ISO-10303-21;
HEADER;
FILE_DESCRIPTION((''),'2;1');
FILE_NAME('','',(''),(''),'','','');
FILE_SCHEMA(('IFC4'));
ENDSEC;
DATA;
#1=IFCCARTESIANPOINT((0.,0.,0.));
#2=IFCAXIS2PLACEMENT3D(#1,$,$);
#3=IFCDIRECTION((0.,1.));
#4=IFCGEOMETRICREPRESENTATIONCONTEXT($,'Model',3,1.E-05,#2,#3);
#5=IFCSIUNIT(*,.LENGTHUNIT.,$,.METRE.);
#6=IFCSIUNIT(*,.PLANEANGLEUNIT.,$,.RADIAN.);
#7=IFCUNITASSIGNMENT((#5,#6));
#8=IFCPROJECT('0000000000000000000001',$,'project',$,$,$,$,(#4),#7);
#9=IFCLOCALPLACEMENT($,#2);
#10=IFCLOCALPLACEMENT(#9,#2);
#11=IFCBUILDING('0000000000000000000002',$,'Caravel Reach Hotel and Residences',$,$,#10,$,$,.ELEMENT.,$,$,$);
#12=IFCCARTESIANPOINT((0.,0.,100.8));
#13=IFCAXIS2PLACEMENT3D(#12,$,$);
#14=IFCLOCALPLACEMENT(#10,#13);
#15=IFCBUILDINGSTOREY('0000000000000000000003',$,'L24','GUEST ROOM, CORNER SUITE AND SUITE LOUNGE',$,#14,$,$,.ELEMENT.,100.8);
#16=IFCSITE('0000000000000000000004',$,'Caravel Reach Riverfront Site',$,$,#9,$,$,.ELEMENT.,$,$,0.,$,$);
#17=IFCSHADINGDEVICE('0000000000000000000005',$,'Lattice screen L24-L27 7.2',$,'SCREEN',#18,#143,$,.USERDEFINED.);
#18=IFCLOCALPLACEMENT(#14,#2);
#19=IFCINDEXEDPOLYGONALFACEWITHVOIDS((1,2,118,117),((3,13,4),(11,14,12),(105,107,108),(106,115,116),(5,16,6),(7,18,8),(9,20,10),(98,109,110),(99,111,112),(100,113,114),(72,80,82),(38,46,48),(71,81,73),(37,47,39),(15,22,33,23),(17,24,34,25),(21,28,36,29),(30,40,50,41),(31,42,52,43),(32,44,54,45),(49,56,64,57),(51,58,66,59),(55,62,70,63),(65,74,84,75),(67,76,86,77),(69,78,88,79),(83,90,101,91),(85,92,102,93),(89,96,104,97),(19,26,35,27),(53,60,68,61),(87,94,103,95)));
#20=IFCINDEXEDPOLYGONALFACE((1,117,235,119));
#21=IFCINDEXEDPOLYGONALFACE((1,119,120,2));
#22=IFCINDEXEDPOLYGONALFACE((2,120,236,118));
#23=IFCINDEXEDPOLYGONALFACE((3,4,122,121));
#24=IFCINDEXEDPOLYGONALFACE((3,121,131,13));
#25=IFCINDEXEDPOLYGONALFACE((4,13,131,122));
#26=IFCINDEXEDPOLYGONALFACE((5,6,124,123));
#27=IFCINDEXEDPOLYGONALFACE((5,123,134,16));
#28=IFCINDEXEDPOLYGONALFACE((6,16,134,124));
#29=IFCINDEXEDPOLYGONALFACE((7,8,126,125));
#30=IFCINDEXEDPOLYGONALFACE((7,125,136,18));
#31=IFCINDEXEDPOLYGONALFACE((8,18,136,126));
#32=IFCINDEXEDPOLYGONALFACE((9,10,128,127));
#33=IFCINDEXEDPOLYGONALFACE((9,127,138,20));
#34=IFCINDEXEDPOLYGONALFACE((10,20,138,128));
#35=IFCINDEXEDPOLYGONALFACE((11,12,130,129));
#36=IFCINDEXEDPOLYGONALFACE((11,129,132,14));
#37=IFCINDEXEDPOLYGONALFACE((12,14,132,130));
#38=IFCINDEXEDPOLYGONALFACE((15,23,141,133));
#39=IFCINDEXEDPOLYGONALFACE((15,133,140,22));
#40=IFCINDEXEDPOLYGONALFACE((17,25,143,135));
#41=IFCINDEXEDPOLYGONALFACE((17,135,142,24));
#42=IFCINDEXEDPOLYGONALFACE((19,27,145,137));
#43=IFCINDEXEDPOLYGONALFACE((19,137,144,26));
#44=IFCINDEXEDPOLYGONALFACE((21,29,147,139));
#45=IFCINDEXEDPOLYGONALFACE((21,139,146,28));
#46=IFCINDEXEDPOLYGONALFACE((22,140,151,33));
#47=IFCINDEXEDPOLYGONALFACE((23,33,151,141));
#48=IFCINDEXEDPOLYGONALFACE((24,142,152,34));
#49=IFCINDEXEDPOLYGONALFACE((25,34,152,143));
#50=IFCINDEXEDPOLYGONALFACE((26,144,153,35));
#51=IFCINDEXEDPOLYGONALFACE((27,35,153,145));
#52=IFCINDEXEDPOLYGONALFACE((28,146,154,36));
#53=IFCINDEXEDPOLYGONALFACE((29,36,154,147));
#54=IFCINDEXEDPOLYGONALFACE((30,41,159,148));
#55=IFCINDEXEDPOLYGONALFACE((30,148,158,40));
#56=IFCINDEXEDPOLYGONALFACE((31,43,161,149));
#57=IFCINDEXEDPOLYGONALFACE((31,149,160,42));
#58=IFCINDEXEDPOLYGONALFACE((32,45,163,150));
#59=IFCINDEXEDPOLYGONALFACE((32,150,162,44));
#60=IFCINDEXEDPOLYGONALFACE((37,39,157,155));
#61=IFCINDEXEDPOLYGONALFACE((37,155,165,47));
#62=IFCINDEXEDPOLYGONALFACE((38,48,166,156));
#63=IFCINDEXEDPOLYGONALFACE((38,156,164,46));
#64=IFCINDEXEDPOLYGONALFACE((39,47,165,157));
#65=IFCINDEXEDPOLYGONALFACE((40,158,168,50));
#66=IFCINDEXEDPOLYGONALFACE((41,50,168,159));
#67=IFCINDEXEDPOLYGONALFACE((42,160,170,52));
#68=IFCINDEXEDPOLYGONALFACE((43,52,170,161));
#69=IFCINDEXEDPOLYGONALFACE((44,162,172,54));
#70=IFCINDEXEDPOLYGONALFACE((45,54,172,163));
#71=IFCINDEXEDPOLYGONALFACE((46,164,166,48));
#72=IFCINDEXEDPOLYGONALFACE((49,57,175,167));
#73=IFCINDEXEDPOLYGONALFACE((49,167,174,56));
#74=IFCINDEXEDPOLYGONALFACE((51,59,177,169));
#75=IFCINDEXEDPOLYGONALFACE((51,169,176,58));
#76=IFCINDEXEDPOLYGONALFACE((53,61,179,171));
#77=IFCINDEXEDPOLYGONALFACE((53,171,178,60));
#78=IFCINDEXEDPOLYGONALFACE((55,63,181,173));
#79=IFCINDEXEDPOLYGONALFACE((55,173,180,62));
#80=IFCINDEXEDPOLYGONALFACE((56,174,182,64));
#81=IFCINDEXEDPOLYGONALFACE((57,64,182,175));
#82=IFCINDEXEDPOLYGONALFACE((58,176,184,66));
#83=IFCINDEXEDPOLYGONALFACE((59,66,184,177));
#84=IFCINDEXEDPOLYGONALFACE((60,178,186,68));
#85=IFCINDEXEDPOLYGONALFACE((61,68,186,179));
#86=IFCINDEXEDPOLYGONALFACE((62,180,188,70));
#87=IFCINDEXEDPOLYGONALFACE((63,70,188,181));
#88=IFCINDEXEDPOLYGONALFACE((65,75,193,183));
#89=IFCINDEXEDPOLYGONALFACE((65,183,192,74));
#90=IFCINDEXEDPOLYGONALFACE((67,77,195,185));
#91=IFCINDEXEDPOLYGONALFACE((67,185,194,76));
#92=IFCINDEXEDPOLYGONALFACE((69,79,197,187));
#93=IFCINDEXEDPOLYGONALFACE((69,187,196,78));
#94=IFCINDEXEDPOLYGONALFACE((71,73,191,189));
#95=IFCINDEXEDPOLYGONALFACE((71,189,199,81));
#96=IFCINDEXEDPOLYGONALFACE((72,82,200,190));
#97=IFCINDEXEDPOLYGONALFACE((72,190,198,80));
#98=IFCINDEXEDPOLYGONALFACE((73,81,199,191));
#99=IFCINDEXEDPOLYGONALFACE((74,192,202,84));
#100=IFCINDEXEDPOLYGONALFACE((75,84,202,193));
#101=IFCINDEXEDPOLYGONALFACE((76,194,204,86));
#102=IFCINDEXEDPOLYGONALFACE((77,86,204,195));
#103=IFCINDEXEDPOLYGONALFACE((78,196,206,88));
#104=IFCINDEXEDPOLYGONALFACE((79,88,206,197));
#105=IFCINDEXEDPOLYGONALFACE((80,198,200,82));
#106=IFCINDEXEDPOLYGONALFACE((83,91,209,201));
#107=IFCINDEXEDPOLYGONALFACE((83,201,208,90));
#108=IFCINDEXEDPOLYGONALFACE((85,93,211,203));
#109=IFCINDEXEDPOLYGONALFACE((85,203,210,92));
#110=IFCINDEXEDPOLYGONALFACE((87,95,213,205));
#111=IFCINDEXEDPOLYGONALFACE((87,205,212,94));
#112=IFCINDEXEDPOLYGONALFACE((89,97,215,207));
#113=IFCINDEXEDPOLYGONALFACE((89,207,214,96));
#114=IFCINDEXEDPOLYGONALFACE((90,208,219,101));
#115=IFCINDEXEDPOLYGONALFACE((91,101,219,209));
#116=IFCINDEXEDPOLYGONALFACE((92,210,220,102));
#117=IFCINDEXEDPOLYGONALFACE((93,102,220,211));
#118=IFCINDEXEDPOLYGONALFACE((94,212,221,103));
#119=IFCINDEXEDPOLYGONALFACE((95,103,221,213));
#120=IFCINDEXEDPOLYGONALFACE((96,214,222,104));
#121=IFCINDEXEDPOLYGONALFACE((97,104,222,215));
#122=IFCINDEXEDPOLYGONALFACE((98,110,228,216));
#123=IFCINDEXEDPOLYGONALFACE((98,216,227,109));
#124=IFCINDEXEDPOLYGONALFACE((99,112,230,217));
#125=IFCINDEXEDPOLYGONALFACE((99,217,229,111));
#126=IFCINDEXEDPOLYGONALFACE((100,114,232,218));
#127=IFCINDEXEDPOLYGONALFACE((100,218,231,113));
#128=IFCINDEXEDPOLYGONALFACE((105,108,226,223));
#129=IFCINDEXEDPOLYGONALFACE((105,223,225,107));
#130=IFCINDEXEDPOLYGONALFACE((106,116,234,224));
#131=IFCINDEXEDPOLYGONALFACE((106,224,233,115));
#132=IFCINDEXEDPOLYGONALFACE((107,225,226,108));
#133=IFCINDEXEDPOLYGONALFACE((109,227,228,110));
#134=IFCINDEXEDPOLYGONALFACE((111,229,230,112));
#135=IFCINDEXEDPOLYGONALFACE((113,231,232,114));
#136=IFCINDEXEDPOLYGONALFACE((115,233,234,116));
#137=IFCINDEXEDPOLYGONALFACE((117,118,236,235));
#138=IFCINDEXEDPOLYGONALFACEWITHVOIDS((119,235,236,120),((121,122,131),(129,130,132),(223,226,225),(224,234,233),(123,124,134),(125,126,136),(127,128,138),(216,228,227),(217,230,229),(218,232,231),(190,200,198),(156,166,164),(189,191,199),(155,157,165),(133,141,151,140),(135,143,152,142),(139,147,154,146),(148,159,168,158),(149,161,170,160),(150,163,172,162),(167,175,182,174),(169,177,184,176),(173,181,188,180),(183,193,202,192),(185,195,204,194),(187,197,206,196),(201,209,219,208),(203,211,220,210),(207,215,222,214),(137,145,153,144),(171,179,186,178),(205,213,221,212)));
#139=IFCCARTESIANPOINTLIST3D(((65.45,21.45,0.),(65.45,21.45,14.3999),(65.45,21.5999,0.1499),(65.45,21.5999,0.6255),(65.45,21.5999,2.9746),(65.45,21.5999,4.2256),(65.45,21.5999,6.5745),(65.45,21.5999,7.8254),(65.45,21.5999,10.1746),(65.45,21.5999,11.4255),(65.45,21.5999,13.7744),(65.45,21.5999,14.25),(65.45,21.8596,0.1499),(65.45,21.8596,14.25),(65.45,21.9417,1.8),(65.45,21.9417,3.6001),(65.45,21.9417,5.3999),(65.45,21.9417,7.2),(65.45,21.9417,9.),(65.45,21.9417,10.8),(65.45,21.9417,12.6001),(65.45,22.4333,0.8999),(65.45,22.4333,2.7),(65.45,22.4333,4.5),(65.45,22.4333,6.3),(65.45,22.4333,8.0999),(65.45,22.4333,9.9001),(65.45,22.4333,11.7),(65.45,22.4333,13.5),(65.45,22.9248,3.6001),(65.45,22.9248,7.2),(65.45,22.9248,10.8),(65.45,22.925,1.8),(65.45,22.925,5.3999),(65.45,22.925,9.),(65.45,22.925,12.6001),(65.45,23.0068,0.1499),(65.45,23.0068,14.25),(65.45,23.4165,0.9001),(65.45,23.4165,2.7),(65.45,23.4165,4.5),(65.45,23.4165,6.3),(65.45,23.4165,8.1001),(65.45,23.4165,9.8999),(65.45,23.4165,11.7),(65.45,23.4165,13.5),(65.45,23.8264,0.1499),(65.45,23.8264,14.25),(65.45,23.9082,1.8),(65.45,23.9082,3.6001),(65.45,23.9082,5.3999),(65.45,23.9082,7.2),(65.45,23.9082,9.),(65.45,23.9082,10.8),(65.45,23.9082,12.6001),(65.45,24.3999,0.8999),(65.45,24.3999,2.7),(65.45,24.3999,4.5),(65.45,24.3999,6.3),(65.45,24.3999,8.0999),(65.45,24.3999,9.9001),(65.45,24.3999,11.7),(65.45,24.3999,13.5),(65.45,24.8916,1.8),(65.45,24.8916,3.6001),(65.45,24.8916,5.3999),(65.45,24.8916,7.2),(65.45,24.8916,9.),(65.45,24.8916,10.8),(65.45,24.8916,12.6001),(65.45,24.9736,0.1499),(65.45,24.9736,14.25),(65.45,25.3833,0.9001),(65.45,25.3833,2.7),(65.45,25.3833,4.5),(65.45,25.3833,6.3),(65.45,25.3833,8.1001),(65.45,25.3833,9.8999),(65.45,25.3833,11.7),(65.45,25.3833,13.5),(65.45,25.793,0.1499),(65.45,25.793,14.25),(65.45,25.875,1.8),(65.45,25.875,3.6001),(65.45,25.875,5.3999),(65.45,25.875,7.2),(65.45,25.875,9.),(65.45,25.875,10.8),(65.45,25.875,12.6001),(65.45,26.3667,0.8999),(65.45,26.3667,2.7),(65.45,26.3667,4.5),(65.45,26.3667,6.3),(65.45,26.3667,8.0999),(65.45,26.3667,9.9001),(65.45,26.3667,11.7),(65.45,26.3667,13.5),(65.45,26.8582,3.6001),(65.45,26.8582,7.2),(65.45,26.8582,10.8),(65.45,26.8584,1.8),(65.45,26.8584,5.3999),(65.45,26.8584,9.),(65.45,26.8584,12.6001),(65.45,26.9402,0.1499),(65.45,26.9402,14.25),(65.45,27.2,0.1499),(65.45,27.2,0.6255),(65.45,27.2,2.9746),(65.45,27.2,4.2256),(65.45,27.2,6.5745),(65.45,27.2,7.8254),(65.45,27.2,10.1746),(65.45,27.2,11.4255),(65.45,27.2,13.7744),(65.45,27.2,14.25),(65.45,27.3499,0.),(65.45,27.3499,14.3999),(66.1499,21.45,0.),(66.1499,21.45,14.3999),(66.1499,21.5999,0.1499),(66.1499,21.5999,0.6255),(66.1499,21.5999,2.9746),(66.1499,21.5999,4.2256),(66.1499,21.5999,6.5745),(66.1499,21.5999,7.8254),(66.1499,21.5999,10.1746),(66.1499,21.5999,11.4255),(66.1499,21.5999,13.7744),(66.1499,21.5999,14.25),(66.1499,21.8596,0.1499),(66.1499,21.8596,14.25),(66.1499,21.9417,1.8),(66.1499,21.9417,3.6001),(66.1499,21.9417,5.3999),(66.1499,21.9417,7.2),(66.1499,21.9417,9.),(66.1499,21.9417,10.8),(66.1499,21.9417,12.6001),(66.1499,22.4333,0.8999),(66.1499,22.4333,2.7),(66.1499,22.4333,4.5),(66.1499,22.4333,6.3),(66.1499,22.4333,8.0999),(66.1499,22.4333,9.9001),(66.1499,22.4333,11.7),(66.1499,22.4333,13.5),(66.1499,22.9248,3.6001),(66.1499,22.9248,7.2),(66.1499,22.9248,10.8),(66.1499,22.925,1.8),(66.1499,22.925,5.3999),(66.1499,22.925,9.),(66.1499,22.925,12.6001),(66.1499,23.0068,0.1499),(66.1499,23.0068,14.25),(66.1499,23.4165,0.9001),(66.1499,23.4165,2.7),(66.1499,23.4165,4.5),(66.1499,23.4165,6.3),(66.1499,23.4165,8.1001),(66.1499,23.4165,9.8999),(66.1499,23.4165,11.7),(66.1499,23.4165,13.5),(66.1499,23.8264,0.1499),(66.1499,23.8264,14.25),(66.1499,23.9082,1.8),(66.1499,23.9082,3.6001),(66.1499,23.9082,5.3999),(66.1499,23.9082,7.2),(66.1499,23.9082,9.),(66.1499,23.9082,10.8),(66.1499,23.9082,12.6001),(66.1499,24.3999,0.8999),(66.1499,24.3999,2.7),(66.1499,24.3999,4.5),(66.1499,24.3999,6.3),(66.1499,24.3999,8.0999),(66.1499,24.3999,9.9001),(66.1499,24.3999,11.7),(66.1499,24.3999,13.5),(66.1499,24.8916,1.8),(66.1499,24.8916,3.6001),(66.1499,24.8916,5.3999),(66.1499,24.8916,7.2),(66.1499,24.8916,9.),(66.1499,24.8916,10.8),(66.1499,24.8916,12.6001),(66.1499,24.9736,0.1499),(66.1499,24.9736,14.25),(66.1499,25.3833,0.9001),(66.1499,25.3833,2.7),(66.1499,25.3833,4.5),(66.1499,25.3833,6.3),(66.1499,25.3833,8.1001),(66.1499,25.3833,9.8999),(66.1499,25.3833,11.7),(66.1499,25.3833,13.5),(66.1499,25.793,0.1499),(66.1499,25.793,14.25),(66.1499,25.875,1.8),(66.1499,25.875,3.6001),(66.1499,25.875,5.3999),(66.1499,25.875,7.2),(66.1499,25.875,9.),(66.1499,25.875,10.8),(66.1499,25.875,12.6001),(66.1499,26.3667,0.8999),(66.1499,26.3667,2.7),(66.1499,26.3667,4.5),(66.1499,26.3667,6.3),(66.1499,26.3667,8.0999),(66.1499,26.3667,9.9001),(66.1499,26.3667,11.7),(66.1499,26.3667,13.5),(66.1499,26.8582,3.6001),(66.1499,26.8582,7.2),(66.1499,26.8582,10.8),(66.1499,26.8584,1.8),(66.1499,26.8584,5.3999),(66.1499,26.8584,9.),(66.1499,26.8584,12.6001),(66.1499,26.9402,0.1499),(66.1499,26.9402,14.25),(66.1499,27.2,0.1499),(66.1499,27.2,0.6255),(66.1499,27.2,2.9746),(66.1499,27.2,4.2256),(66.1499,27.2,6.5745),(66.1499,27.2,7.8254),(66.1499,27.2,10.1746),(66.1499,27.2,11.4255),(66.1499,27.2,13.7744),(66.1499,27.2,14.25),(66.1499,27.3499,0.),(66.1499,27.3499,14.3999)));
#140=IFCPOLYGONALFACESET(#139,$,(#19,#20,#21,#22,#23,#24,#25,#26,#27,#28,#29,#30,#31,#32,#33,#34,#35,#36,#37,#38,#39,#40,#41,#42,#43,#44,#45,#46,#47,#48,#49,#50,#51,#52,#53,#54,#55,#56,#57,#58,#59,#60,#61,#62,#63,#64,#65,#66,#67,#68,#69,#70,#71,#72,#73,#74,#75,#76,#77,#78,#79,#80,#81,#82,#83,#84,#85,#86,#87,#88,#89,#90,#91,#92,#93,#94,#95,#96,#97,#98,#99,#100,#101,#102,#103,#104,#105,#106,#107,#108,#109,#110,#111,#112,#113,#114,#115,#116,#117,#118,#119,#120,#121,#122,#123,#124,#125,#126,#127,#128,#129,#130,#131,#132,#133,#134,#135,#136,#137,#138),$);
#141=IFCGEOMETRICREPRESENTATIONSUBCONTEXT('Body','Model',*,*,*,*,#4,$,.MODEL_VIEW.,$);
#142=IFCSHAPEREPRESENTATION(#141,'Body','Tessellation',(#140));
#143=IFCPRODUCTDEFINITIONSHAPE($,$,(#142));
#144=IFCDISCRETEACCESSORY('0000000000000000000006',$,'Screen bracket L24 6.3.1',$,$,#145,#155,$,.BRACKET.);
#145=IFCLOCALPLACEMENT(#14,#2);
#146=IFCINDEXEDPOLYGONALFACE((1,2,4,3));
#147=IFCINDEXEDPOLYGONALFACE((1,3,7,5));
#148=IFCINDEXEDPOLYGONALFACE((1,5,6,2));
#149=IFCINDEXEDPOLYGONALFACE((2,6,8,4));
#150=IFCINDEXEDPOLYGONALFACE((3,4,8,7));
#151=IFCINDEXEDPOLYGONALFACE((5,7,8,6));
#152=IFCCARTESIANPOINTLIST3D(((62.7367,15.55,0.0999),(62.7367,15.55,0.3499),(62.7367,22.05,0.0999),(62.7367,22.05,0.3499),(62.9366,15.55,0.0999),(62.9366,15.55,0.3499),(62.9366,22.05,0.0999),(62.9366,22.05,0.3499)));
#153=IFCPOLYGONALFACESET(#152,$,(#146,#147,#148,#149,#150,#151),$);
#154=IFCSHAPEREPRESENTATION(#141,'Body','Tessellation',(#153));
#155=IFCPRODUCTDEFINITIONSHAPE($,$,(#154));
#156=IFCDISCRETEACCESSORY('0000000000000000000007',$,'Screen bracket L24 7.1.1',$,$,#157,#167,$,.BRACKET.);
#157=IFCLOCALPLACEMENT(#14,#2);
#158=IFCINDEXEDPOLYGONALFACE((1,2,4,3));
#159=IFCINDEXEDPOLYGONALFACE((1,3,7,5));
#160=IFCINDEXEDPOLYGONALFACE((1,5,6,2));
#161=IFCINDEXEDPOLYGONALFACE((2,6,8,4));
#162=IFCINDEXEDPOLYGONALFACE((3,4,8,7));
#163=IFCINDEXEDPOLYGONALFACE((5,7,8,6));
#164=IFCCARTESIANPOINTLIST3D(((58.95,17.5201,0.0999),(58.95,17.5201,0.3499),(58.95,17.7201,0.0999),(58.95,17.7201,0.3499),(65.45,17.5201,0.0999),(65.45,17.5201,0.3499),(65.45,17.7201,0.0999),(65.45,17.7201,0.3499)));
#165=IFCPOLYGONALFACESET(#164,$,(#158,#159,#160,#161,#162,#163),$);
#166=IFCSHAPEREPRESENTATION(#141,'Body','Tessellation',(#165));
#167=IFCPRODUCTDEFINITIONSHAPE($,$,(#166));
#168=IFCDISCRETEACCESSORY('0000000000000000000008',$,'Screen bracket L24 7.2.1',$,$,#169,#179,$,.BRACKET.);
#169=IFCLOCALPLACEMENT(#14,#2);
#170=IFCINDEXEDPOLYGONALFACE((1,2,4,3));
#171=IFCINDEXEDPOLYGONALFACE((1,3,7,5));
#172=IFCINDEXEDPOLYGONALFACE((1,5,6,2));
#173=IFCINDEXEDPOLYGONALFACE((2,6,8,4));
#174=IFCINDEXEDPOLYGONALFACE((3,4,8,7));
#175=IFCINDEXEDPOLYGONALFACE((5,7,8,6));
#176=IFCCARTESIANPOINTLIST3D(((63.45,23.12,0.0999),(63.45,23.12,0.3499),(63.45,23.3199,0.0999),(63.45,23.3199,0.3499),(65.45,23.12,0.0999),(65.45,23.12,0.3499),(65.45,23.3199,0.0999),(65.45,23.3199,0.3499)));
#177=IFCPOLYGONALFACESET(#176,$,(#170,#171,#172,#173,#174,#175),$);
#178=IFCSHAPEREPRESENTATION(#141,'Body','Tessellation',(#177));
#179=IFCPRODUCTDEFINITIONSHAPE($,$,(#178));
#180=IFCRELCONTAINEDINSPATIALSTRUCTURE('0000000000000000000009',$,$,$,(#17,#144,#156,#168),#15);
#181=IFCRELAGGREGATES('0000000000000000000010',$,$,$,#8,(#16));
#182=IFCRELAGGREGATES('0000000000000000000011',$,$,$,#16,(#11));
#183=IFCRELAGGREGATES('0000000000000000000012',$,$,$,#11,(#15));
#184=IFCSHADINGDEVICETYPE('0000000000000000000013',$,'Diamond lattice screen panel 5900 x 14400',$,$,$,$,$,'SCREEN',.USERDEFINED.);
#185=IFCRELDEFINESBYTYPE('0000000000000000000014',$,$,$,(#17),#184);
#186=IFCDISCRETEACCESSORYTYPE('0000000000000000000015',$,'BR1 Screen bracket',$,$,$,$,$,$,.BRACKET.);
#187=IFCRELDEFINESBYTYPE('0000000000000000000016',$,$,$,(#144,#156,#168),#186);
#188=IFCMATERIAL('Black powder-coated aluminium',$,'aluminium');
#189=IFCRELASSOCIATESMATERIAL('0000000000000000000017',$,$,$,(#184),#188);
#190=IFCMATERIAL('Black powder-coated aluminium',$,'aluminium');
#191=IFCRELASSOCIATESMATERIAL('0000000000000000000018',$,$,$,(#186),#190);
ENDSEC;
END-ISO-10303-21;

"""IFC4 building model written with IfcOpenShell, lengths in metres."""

from ifc_helpers import new_model, si_unit, direction, frame, origin, origin_2d, place, context, subcontext, project, spatial, polyline, rectangle, outline, extrude, material, type_object, element, save


model = new_model("IFC4")

# Units and contexts
model_context = context("Model", 3, precision=1e-05, world=origin(), true_north=direction((0.0, 1.0)))
body_context = subcontext(model_context, "Body", "Model", "MODEL_VIEW")
ifc_project = project(units=[si_unit("LENGTHUNIT", "METRE"), si_unit("PLANEANGLEUNIT", "RADIAN")], contexts=[model_context])

# Site, building, storey
site_placement = place(None, origin())
site = spatial("IfcSite", under=ifc_project, at=site_placement, Name="Caravel Reach Riverfront Site", CompositionType="ELEMENT", RefElevation=0.0)
building_placement = place(site_placement, origin())
building = spatial("IfcBuilding", under=site, at=building_placement, Name="Caravel Reach Hotel and Residences", CompositionType="ELEMENT")
storey_placement = place(building_placement, frame((0.0, 0.0, 100.8)))
storey = spatial("IfcBuildingStorey", under=building, at=storey_placement, Name="L24", Description="GUEST ROOM, CORNER SUITE AND SUITE LOUNGE", CompositionType="ELEMENT", Elevation=100.8)

# Shading device
ifc_material_1 = material(Name="Black powder-coated aluminium", Category="aluminium")
shading_device_type_1 = type_object("IfcShadingDeviceType", Name="Diamond lattice screen panel 5900 x 14400", ElementType="SCREEN", PredefinedType="USERDEFINED", material=ifc_material_1)
shading_device_1_placement = place(storey_placement, frame((65.45, 21.45, 0.0), z_axis=(1.0, 0.0, 0.0), x_axis=(0.0, 1.0, 0.0)))
element("IfcShadingDevice", 1, at=shading_device_1_placement, inside=storey, type_object=shading_device_type_1, Name="Lattice screen L24-L27 7.2", ObjectType="SCREEN", PredefinedType="USERDEFINED", context=body_context, shape_type="SweptSolid", body=[
    extrude(outline(polyline([(0.0, 0.0), (5.8999, 0.0), (5.8999, 14.3999), (0.0, 14.3999), (0.0, 0.0)]), holes=[polyline([(0.4097, 0.1499), (0.1499, 0.6255), (0.1499, 0.1499), (0.4097, 0.1499)]), polyline([(0.4917, 3.6001), (0.1499, 4.2256), (0.1499, 2.9746), (0.4917, 3.6001)]), polyline([(0.4917, 7.2), (0.1499, 7.8254), (0.1499, 6.5745), (0.4917, 7.2)]), polyline([(0.4917, 10.8), (0.1499, 11.4255), (0.1499, 10.1746), (0.4917, 10.8)]), polyline([(0.1499, 13.7744), (0.4097, 14.25), (0.1499, 14.25), (0.1499, 13.7744)]), polyline([(0.9834, 2.7), (0.4917, 1.8), (0.9834, 0.8999), (1.4751, 1.8), (0.9834, 2.7)]), polyline([(0.9834, 6.3), (0.4917, 5.3999), (0.9834, 4.5), (1.4751, 5.3999), (0.9834, 6.3)]), polyline([(0.9834, 9.9001), (0.4917, 9.0), (0.9834, 8.0999), (1.4751, 9.0), (0.9834, 9.9001)]), polyline([(0.9834, 13.5), (0.4917, 12.6001), (0.9834, 11.7), (1.4751, 12.6001), (0.9834, 13.5)]), polyline([(1.9666, 0.9001), (1.5569, 0.1499), (2.3765, 0.1499), (1.9666, 0.9001)]), polyline([(1.9666, 4.5), (1.4749, 3.6001), (1.9666, 2.7), (2.4583, 3.6001), (1.9666, 4.5)]), polyline([(1.9666, 8.1001), (1.4749, 7.2), (1.9666, 6.3), (2.4583, 7.2), (1.9666, 8.1001)]), polyline([(1.9666, 11.7), (1.4749, 10.8), (1.9666, 9.8999), (2.4583, 10.8), (1.9666, 11.7)]), polyline([(1.9666, 13.5), (2.3765, 14.25), (1.5569, 14.25), (1.9666, 13.5)]), polyline([(2.95, 2.7), (2.4583, 1.8), (2.95, 0.8999), (3.4417, 1.8), (2.95, 2.7)]), polyline([(2.95, 6.3), (2.4583, 5.3999), (2.95, 4.5), (3.4417, 5.3999), (2.95, 6.3)]), polyline([(2.95, 9.9001), (2.4583, 9.0), (2.95, 8.0999), (3.4417, 9.0), (2.95, 9.9001)]), polyline([(2.95, 13.5), (2.4583, 12.6001), (2.95, 11.7), (3.4417, 12.6001), (2.95, 13.5)]), polyline([(3.9333, 0.9001), (3.5237, 0.1499), (4.343, 0.1499), (3.9333, 0.9001)]), polyline([(3.9333, 4.5), (3.4417, 3.6001), (3.9333, 2.7), (4.425, 3.6001), (3.9333, 4.5)]), polyline([(3.9333, 8.1001), (3.4417, 7.2), (3.9333, 6.3), (4.425, 7.2), (3.9333, 8.1001)]), polyline([(3.9333, 11.7), (3.4417, 10.8), (3.9333, 9.8999), (4.425, 10.8), (3.9333, 11.7)]), polyline([(3.9333, 13.5), (4.343, 14.25), (3.5237, 14.25), (3.9333, 13.5)]), polyline([(4.9167, 2.7), (4.425, 1.8), (4.9167, 0.8999), (5.4084, 1.8), (4.9167, 2.7)]), polyline([(4.9167, 6.3), (4.425, 5.3999), (4.9167, 4.5), (5.4084, 5.3999), (4.9167, 6.3)]), polyline([(4.9167, 9.9001), (4.425, 9.0), (4.9167, 8.0999), (5.4084, 9.0), (4.9167, 9.9001)]), polyline([(4.9167, 13.5), (4.425, 12.6001), (4.9167, 11.7), (5.4084, 12.6001), (4.9167, 13.5)]), polyline([(5.75, 0.6255), (5.4902, 0.1499), (5.75, 0.1499), (5.75, 0.6255)]), polyline([(5.4082, 3.6001), (5.75, 2.9746), (5.75, 4.2256), (5.4082, 3.6001)]), polyline([(5.4082, 7.2), (5.75, 6.5745), (5.75, 7.8254), (5.4082, 7.2)]), polyline([(5.4082, 10.8), (5.75, 10.1746), (5.75, 11.4255), (5.4082, 10.8)]), polyline([(5.4902, 14.25), (5.75, 13.7744), (5.75, 14.25), (5.4902, 14.25)])]), origin(), (0.0, 0.0, 1.0), 0.7),
])

# Discrete accessories
ifc_material_2 = material(Name="Black powder-coated aluminium", Category="aluminium")
discrete_accessory_type = type_object("IfcDiscreteAccessoryType", Name="BR1 Screen bracket", PredefinedType="BRACKET", material=ifc_material_2)
for number, where, z_axis, x_axis, name in (
    (2, (62.8367, 18.8, 0.0999), (0.0, 0.0, 1.0), (0.0, -1.0, 0.0), "Screen bracket L24 6.3.1"),
    (3, (62.2, 17.6201, 0.0999), (0.0, 0.0, 1.0), (1.0, 0.0, 0.0), "Screen bracket L24 7.1.1"),
):
    element("IfcDiscreteAccessory", number, at=place(storey_placement, frame(where, z_axis=z_axis, x_axis=x_axis)), inside=storey, type_object=discrete_accessory_type, Name=name, PredefinedType="BRACKET", context=body_context, shape_type="SweptSolid", body=[
        extrude(rectangle(XDim=6.5, YDim=0.2, at=origin_2d()), origin(), (0.0, 0.0, 1.0), 0.25),
    ])
discrete_accessory_placement = place(storey_placement, frame((64.45, 23.22, 0.0999), z_axis=(0.0, 0.0, 1.0), x_axis=(1.0, 0.0, 0.0)))
element("IfcDiscreteAccessory", 4, at=discrete_accessory_placement, inside=storey, type_object=discrete_accessory_type, Name="Screen bracket L24 7.2.1", PredefinedType="BRACKET", context=body_context, shape_type="SweptSolid", body=[
    extrude(rectangle(XDim=2.0, YDim=0.2, at=origin_2d()), origin(), (0.0, 0.0, 1.0), 0.25),
])

save(model, "model.ifc")
